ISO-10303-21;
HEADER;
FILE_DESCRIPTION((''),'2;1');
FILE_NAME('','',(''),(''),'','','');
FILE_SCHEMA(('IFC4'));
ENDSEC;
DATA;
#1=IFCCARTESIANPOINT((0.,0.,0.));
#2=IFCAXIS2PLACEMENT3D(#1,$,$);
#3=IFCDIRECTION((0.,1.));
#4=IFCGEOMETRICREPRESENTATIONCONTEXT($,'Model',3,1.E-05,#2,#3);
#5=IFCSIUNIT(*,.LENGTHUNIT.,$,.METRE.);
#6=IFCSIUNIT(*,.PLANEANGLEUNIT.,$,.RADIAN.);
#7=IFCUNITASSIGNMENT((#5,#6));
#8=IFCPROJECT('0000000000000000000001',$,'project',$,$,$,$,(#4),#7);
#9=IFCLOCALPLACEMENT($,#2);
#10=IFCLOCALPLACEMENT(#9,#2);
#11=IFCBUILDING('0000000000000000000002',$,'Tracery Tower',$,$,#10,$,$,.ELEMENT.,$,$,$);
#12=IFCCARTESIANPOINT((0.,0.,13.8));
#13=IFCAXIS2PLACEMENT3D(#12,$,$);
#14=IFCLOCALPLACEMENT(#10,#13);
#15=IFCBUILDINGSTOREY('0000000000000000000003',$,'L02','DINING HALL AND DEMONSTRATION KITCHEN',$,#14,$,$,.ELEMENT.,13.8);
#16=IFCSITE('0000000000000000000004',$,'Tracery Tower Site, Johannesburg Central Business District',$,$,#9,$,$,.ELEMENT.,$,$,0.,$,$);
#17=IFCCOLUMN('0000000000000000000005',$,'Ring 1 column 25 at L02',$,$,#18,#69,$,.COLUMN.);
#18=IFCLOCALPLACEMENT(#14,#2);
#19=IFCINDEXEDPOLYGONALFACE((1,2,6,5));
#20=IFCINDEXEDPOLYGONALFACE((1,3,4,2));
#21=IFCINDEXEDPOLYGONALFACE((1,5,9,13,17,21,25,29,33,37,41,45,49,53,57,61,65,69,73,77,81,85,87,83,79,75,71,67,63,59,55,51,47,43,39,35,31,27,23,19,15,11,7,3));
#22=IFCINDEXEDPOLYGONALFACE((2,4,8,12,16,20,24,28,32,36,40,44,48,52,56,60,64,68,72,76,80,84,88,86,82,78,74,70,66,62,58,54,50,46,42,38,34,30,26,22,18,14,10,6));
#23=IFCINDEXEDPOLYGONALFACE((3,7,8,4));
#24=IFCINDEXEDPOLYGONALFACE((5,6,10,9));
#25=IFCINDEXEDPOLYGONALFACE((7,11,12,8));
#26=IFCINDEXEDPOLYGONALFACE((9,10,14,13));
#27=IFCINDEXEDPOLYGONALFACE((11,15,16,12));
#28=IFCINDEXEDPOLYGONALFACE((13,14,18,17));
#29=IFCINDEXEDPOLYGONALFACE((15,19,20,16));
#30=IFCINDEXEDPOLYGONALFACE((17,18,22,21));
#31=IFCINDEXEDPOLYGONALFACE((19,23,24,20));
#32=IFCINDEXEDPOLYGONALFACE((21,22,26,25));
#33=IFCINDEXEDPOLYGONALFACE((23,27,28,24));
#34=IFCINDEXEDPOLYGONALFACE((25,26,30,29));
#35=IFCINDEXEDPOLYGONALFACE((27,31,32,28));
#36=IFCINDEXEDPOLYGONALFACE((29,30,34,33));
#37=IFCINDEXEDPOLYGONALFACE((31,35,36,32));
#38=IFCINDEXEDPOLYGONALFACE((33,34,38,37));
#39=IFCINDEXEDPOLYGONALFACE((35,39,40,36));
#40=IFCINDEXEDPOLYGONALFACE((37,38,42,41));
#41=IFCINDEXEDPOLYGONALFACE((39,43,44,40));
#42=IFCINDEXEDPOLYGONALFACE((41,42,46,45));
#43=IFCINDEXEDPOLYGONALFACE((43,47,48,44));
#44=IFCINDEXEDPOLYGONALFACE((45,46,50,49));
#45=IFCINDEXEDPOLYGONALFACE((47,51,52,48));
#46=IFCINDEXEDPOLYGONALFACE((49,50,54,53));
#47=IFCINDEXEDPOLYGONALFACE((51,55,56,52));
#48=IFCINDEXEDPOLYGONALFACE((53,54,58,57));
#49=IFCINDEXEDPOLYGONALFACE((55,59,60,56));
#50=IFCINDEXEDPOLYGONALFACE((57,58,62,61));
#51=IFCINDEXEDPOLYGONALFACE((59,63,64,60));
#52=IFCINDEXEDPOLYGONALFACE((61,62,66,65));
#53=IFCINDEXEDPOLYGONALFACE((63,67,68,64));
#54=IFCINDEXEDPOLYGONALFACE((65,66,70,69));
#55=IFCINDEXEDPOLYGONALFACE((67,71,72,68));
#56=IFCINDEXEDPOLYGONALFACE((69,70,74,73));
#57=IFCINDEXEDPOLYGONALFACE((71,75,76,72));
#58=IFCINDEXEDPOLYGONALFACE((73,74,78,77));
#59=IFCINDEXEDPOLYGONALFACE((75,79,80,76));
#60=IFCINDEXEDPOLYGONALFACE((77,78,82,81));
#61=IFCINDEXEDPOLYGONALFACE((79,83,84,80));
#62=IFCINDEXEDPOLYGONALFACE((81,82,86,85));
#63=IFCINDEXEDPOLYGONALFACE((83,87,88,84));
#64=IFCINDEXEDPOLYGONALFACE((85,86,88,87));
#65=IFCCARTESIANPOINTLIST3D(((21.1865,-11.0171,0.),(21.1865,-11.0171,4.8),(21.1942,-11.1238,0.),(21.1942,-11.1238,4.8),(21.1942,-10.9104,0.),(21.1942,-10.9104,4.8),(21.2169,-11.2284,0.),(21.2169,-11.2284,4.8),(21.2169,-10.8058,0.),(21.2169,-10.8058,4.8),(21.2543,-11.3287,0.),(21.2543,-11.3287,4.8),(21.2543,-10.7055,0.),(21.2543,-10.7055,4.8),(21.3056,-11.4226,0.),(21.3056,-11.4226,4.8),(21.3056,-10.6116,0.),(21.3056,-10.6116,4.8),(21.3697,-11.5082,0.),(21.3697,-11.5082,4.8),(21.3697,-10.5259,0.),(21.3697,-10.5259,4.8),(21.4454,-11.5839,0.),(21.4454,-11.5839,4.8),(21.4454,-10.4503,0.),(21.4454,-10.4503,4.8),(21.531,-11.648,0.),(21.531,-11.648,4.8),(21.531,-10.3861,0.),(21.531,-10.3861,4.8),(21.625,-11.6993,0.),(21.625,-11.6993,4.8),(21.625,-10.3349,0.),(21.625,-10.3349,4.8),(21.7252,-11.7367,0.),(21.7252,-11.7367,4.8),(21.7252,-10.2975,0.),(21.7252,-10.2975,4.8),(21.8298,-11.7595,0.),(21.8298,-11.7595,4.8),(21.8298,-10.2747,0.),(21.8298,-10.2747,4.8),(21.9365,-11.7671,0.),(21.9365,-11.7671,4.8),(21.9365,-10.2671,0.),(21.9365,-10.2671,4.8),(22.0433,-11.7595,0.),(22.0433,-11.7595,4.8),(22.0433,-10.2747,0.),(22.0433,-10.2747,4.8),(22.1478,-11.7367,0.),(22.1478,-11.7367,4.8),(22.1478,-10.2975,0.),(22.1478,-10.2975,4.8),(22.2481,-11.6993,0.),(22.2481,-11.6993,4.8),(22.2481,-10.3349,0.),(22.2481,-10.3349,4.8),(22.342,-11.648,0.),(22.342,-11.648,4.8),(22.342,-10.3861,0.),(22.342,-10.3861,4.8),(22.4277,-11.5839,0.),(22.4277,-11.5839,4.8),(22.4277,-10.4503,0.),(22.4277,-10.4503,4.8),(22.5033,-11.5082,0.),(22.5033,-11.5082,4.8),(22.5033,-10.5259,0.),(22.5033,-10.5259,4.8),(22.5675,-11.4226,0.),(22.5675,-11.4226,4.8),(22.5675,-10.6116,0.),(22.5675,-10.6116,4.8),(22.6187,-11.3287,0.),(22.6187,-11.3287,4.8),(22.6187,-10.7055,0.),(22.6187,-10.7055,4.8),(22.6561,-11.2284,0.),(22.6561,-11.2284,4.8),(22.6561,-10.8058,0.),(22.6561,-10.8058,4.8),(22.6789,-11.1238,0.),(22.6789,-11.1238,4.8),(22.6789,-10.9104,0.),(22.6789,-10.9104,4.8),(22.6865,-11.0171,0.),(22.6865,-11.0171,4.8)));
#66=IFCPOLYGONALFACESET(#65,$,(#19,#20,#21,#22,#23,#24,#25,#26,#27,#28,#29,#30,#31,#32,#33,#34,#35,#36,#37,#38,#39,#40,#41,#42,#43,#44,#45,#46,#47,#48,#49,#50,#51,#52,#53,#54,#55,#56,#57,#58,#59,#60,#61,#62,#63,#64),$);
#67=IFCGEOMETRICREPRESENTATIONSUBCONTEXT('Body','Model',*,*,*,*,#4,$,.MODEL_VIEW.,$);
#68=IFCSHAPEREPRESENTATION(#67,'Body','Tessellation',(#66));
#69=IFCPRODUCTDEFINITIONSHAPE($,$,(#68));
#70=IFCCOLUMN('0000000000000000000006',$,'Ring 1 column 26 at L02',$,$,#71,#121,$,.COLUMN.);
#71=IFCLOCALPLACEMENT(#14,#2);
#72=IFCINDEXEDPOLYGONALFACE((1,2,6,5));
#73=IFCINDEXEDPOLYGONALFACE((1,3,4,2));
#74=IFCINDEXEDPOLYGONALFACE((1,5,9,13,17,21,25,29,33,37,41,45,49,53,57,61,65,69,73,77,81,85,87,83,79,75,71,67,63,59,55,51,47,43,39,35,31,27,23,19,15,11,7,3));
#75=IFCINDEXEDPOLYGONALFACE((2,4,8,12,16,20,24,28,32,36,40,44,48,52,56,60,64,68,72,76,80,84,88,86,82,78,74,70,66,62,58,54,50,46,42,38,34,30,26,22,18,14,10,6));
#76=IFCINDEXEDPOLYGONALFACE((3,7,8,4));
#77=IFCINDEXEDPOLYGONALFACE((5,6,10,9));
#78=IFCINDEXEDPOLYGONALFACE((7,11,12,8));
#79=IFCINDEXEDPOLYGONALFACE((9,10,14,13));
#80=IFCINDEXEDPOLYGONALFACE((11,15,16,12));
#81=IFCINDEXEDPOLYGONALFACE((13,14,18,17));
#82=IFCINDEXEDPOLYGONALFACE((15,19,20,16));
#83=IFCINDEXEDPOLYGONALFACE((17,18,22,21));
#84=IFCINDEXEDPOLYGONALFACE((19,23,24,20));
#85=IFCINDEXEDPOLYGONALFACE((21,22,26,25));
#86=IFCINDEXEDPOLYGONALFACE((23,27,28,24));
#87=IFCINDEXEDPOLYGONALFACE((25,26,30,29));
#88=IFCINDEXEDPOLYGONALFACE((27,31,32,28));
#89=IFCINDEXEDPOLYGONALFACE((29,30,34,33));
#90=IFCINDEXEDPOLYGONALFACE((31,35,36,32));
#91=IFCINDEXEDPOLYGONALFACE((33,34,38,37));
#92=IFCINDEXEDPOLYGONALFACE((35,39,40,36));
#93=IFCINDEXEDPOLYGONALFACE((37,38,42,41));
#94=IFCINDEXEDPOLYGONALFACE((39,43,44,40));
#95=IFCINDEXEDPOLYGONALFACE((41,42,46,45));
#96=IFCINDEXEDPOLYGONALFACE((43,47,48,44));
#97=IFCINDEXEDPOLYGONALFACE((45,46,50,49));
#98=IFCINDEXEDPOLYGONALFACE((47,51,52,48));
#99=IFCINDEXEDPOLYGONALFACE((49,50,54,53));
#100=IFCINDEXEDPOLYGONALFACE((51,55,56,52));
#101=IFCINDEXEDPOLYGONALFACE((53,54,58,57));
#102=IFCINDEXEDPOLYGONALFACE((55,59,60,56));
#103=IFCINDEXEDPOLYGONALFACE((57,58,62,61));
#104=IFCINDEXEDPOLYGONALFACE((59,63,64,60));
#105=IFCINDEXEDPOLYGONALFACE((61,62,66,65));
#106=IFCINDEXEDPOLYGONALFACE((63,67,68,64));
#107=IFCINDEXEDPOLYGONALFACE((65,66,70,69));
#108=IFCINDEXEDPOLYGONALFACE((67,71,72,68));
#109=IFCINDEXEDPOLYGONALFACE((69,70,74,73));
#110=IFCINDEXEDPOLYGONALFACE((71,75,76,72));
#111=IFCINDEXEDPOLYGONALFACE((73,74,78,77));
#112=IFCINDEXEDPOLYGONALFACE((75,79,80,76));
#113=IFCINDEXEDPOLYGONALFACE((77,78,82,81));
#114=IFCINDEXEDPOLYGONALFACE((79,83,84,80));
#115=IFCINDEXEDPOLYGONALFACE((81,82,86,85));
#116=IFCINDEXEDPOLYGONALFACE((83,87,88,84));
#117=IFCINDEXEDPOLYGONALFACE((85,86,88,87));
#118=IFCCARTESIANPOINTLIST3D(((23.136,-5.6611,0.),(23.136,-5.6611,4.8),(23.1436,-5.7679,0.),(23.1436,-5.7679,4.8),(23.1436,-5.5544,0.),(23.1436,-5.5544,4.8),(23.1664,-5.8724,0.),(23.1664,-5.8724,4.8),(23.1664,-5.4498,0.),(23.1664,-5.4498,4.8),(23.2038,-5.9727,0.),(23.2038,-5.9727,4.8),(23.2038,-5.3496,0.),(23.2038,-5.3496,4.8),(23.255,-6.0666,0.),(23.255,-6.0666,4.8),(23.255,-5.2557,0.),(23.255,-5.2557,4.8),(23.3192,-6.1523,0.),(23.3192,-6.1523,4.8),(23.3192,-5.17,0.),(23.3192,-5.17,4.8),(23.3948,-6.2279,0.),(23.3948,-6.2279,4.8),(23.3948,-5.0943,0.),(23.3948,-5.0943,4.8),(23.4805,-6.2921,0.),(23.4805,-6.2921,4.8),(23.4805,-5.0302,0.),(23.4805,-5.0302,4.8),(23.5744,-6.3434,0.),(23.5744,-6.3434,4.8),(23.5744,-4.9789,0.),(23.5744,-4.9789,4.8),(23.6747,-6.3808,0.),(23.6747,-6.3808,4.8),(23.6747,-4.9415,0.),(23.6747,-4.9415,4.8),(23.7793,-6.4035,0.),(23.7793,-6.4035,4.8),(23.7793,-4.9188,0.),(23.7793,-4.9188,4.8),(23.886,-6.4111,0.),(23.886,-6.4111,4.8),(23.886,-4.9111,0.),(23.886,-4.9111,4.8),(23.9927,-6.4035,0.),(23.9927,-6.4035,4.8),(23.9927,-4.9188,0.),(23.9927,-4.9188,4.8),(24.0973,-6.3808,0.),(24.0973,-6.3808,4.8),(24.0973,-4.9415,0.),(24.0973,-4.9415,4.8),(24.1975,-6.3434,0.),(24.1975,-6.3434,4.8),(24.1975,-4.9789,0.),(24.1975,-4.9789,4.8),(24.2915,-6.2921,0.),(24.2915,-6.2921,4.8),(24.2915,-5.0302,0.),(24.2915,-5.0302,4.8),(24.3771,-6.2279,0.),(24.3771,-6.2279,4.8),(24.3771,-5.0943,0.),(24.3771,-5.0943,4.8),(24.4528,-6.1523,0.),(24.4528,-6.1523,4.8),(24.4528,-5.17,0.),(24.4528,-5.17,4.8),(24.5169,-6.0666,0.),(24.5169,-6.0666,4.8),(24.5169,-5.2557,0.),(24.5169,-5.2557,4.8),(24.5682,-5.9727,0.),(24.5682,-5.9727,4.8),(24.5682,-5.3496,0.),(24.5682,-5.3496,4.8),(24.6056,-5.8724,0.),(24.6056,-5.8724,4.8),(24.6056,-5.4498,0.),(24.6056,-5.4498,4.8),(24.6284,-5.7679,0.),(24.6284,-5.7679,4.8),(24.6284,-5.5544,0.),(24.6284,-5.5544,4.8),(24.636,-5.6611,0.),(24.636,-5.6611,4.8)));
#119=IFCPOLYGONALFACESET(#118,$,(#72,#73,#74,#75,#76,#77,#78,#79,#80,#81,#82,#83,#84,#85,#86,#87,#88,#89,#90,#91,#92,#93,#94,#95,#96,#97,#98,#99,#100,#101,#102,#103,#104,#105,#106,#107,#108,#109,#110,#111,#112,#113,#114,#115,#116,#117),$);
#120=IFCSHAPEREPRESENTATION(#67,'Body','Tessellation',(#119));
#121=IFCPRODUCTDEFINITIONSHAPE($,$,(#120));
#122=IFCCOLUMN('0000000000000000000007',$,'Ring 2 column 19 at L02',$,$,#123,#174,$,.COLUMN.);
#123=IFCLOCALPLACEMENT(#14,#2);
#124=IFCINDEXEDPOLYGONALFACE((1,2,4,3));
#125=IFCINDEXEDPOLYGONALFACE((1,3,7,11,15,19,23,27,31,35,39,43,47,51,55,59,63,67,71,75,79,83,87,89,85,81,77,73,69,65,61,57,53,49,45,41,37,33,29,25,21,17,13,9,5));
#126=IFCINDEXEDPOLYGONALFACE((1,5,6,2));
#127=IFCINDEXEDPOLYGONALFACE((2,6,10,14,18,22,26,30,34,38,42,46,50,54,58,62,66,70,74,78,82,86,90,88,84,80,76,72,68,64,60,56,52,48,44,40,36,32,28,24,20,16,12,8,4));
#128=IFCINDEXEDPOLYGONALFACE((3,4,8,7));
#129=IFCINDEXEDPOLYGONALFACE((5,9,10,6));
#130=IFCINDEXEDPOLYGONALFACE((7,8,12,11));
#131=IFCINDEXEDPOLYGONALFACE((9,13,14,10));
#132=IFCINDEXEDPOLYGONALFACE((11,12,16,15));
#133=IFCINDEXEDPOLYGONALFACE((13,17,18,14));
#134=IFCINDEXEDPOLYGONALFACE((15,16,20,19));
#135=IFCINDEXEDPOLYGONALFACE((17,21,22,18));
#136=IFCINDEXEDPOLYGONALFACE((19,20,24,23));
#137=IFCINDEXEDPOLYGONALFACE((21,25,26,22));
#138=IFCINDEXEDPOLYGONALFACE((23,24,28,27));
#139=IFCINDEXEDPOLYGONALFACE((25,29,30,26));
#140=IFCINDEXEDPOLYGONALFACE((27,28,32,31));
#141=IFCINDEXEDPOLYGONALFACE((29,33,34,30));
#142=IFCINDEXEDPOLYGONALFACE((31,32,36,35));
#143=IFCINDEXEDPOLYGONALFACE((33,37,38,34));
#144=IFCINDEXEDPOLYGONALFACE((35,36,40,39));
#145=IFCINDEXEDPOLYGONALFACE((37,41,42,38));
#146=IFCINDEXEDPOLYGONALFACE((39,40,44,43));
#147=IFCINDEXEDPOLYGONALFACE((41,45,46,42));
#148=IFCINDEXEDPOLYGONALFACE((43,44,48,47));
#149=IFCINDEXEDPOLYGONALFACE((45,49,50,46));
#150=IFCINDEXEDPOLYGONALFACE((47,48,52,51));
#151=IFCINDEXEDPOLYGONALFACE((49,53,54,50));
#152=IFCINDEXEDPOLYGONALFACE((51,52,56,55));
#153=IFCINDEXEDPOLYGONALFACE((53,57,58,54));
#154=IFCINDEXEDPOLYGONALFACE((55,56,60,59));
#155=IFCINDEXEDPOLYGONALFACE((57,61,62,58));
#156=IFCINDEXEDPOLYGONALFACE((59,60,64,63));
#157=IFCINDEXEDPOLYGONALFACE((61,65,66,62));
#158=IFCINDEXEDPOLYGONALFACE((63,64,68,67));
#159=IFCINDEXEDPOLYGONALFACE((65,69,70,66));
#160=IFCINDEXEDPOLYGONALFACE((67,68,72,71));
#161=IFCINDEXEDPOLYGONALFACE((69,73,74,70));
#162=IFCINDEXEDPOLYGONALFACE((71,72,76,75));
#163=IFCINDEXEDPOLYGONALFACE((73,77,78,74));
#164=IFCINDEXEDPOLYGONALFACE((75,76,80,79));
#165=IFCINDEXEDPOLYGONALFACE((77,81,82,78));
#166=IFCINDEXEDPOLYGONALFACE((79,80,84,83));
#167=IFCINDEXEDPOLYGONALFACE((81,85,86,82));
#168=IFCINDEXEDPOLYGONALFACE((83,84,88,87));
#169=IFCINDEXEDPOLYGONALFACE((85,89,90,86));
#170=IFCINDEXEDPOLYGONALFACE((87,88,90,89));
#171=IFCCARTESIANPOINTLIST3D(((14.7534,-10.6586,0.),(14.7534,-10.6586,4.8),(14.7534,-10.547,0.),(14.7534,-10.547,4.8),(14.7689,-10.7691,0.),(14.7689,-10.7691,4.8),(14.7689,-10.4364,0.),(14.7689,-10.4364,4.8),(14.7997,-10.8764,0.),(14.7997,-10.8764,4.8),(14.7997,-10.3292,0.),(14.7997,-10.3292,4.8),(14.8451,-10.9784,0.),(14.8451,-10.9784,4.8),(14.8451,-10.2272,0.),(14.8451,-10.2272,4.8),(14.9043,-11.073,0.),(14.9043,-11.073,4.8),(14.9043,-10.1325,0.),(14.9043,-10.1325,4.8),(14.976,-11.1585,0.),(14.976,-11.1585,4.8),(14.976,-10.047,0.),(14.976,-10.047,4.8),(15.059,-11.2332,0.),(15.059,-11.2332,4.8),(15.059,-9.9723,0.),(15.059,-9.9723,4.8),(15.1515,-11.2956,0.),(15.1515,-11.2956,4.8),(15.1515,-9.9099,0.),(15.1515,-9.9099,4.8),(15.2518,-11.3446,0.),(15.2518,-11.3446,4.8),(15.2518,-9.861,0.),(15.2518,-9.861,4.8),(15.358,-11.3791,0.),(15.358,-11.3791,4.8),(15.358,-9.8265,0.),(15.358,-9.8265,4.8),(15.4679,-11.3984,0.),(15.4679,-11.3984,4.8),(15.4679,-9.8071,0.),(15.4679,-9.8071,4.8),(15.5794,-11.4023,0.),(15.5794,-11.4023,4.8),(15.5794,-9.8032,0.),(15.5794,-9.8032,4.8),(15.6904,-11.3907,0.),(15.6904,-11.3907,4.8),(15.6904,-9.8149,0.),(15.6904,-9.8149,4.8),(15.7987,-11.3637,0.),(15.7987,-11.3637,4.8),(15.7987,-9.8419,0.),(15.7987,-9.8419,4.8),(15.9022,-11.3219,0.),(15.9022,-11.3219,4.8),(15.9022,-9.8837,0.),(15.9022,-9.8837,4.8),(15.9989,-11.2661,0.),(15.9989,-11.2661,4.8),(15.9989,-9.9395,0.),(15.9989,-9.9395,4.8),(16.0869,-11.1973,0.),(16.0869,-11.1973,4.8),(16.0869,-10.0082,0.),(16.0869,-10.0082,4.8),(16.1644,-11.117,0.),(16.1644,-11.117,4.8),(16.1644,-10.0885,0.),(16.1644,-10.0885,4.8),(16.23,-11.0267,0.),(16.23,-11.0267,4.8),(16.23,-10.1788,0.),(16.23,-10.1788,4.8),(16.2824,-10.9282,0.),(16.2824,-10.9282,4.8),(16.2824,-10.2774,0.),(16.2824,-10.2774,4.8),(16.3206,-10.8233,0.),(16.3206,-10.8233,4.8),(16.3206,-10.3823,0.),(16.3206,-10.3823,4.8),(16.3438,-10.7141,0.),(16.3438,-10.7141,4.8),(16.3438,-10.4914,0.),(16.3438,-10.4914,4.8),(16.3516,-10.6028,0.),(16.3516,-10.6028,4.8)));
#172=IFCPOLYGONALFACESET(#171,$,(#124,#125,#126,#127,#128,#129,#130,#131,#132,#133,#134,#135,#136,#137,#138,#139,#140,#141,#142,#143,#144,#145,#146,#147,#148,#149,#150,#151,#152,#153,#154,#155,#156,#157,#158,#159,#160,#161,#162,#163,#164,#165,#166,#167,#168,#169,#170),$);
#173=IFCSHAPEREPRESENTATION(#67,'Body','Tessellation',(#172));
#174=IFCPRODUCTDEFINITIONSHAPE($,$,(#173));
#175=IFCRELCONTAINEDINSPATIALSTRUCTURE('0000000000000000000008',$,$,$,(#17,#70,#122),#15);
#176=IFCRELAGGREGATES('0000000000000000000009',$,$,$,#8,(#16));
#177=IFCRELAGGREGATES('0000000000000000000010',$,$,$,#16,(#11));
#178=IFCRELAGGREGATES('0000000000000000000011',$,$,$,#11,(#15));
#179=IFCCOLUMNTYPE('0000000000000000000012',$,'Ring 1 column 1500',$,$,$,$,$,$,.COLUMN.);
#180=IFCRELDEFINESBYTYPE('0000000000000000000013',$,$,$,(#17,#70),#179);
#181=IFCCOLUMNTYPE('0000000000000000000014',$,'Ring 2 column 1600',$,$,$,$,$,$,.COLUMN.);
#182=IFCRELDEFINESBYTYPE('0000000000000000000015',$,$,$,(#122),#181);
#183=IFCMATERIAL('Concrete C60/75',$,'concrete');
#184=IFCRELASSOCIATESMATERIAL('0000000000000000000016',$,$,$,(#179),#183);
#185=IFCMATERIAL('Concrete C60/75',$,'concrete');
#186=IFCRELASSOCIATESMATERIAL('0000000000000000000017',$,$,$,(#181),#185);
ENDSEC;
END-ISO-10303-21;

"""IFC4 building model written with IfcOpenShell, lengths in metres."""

from ifc_helpers import new_model, si_unit, direction, frame, origin, origin_2d, place, context, subcontext, project, spatial, circle, extrude, material, material_profile, profile_set, type_object, element, save


model = new_model("IFC4")

# Units and contexts
model_context = context("Model", 3, precision=1e-05, world=origin(), true_north=direction((0.0, 1.0)))
body_context = subcontext(model_context, "Body", "Model", "MODEL_VIEW")
ifc_project = project(units=[si_unit("LENGTHUNIT", "METRE"), si_unit("PLANEANGLEUNIT", "RADIAN")], contexts=[model_context])

# Site, building, storey
site_placement = place(None, origin())
site = spatial("IfcSite", under=ifc_project, at=site_placement, Name="Tracery Tower Site, Johannesburg Central Business District", CompositionType="ELEMENT", RefElevation=0.0)
building_placement = place(site_placement, origin())
building = spatial("IfcBuilding", under=site, at=building_placement, Name="Tracery Tower", CompositionType="ELEMENT")
storey_placement = place(building_placement, frame((0.0, 0.0, 13.8)))
storey = spatial("IfcBuildingStorey", under=building, at=storey_placement, Name="L02", Description="DINING HALL AND DEMONSTRATION KITCHEN", CompositionType="ELEMENT", Elevation=13.8)

# Columns
ifc_material_1 = material(Name="Concrete C60/75", Category="concrete")
ifc_material_profile_1 = material_profile(ifc_material_1, circle(Radius=0.75, at=origin_2d()), Name="RC D1500")
ifc_profile_set_1 = profile_set([ifc_material_profile_1], Name="Concrete C60/75")
column_type_1 = type_object("IfcColumnType", Name="Ring 1 column 1500", PredefinedType="COLUMN", material=ifc_profile_set_1)
for number, where, z_axis, x_axis, name in (
    (1, (21.9365, -11.0171, 0.0), (0.0, 0.0, 1.0), (1.0, 0.0, 0.0), "Ring 1 column 25 at L02"),
    (2, (23.886, -5.6611, 0.0), (0.0, 0.0, 1.0), (1.0, 0.0, 0.0), "Ring 1 column 26 at L02"),
):
    element("IfcColumn", number, at=place(storey_placement, frame(where, z_axis=z_axis, x_axis=x_axis)), inside=storey, type_object=column_type_1, Name=name, PredefinedType="COLUMN", context=body_context, shape_type="SweptSolid", body=[
        extrude(circle(Radius=0.75, at=origin_2d()), origin(), (0.0, 0.0, 1.0), 4.8),
    ])
ifc_material_2 = material(Name="Concrete C60/75", Category="concrete")
ifc_material_profile_2 = material_profile(ifc_material_2, circle(Radius=0.8, at=origin_2d()), Name="RC D1600")
ifc_profile_set_2 = profile_set([ifc_material_profile_2], Name="Concrete C60/75")
column_type_2 = type_object("IfcColumnType", Name="Ring 2 column 1600", PredefinedType="COLUMN", material=ifc_profile_set_2)
for number, where, z_axis, x_axis, name in (
    (3, (15.5515, -10.6028, 0.0), (0.0, 0.0, 1.0), (1.0, 0.0, 0.0), "Ring 2 column 19 at L02"),
):
    element("IfcColumn", number, at=place(storey_placement, frame(where, z_axis=z_axis, x_axis=x_axis)), inside=storey, type_object=column_type_2, Name=name, PredefinedType="COLUMN", context=body_context, shape_type="SweptSolid", body=[
        extrude(circle(Radius=0.8, at=origin_2d()), origin(), (0.0, 0.0, 1.0), 4.8),
    ])

save(model, "model.ifc")
